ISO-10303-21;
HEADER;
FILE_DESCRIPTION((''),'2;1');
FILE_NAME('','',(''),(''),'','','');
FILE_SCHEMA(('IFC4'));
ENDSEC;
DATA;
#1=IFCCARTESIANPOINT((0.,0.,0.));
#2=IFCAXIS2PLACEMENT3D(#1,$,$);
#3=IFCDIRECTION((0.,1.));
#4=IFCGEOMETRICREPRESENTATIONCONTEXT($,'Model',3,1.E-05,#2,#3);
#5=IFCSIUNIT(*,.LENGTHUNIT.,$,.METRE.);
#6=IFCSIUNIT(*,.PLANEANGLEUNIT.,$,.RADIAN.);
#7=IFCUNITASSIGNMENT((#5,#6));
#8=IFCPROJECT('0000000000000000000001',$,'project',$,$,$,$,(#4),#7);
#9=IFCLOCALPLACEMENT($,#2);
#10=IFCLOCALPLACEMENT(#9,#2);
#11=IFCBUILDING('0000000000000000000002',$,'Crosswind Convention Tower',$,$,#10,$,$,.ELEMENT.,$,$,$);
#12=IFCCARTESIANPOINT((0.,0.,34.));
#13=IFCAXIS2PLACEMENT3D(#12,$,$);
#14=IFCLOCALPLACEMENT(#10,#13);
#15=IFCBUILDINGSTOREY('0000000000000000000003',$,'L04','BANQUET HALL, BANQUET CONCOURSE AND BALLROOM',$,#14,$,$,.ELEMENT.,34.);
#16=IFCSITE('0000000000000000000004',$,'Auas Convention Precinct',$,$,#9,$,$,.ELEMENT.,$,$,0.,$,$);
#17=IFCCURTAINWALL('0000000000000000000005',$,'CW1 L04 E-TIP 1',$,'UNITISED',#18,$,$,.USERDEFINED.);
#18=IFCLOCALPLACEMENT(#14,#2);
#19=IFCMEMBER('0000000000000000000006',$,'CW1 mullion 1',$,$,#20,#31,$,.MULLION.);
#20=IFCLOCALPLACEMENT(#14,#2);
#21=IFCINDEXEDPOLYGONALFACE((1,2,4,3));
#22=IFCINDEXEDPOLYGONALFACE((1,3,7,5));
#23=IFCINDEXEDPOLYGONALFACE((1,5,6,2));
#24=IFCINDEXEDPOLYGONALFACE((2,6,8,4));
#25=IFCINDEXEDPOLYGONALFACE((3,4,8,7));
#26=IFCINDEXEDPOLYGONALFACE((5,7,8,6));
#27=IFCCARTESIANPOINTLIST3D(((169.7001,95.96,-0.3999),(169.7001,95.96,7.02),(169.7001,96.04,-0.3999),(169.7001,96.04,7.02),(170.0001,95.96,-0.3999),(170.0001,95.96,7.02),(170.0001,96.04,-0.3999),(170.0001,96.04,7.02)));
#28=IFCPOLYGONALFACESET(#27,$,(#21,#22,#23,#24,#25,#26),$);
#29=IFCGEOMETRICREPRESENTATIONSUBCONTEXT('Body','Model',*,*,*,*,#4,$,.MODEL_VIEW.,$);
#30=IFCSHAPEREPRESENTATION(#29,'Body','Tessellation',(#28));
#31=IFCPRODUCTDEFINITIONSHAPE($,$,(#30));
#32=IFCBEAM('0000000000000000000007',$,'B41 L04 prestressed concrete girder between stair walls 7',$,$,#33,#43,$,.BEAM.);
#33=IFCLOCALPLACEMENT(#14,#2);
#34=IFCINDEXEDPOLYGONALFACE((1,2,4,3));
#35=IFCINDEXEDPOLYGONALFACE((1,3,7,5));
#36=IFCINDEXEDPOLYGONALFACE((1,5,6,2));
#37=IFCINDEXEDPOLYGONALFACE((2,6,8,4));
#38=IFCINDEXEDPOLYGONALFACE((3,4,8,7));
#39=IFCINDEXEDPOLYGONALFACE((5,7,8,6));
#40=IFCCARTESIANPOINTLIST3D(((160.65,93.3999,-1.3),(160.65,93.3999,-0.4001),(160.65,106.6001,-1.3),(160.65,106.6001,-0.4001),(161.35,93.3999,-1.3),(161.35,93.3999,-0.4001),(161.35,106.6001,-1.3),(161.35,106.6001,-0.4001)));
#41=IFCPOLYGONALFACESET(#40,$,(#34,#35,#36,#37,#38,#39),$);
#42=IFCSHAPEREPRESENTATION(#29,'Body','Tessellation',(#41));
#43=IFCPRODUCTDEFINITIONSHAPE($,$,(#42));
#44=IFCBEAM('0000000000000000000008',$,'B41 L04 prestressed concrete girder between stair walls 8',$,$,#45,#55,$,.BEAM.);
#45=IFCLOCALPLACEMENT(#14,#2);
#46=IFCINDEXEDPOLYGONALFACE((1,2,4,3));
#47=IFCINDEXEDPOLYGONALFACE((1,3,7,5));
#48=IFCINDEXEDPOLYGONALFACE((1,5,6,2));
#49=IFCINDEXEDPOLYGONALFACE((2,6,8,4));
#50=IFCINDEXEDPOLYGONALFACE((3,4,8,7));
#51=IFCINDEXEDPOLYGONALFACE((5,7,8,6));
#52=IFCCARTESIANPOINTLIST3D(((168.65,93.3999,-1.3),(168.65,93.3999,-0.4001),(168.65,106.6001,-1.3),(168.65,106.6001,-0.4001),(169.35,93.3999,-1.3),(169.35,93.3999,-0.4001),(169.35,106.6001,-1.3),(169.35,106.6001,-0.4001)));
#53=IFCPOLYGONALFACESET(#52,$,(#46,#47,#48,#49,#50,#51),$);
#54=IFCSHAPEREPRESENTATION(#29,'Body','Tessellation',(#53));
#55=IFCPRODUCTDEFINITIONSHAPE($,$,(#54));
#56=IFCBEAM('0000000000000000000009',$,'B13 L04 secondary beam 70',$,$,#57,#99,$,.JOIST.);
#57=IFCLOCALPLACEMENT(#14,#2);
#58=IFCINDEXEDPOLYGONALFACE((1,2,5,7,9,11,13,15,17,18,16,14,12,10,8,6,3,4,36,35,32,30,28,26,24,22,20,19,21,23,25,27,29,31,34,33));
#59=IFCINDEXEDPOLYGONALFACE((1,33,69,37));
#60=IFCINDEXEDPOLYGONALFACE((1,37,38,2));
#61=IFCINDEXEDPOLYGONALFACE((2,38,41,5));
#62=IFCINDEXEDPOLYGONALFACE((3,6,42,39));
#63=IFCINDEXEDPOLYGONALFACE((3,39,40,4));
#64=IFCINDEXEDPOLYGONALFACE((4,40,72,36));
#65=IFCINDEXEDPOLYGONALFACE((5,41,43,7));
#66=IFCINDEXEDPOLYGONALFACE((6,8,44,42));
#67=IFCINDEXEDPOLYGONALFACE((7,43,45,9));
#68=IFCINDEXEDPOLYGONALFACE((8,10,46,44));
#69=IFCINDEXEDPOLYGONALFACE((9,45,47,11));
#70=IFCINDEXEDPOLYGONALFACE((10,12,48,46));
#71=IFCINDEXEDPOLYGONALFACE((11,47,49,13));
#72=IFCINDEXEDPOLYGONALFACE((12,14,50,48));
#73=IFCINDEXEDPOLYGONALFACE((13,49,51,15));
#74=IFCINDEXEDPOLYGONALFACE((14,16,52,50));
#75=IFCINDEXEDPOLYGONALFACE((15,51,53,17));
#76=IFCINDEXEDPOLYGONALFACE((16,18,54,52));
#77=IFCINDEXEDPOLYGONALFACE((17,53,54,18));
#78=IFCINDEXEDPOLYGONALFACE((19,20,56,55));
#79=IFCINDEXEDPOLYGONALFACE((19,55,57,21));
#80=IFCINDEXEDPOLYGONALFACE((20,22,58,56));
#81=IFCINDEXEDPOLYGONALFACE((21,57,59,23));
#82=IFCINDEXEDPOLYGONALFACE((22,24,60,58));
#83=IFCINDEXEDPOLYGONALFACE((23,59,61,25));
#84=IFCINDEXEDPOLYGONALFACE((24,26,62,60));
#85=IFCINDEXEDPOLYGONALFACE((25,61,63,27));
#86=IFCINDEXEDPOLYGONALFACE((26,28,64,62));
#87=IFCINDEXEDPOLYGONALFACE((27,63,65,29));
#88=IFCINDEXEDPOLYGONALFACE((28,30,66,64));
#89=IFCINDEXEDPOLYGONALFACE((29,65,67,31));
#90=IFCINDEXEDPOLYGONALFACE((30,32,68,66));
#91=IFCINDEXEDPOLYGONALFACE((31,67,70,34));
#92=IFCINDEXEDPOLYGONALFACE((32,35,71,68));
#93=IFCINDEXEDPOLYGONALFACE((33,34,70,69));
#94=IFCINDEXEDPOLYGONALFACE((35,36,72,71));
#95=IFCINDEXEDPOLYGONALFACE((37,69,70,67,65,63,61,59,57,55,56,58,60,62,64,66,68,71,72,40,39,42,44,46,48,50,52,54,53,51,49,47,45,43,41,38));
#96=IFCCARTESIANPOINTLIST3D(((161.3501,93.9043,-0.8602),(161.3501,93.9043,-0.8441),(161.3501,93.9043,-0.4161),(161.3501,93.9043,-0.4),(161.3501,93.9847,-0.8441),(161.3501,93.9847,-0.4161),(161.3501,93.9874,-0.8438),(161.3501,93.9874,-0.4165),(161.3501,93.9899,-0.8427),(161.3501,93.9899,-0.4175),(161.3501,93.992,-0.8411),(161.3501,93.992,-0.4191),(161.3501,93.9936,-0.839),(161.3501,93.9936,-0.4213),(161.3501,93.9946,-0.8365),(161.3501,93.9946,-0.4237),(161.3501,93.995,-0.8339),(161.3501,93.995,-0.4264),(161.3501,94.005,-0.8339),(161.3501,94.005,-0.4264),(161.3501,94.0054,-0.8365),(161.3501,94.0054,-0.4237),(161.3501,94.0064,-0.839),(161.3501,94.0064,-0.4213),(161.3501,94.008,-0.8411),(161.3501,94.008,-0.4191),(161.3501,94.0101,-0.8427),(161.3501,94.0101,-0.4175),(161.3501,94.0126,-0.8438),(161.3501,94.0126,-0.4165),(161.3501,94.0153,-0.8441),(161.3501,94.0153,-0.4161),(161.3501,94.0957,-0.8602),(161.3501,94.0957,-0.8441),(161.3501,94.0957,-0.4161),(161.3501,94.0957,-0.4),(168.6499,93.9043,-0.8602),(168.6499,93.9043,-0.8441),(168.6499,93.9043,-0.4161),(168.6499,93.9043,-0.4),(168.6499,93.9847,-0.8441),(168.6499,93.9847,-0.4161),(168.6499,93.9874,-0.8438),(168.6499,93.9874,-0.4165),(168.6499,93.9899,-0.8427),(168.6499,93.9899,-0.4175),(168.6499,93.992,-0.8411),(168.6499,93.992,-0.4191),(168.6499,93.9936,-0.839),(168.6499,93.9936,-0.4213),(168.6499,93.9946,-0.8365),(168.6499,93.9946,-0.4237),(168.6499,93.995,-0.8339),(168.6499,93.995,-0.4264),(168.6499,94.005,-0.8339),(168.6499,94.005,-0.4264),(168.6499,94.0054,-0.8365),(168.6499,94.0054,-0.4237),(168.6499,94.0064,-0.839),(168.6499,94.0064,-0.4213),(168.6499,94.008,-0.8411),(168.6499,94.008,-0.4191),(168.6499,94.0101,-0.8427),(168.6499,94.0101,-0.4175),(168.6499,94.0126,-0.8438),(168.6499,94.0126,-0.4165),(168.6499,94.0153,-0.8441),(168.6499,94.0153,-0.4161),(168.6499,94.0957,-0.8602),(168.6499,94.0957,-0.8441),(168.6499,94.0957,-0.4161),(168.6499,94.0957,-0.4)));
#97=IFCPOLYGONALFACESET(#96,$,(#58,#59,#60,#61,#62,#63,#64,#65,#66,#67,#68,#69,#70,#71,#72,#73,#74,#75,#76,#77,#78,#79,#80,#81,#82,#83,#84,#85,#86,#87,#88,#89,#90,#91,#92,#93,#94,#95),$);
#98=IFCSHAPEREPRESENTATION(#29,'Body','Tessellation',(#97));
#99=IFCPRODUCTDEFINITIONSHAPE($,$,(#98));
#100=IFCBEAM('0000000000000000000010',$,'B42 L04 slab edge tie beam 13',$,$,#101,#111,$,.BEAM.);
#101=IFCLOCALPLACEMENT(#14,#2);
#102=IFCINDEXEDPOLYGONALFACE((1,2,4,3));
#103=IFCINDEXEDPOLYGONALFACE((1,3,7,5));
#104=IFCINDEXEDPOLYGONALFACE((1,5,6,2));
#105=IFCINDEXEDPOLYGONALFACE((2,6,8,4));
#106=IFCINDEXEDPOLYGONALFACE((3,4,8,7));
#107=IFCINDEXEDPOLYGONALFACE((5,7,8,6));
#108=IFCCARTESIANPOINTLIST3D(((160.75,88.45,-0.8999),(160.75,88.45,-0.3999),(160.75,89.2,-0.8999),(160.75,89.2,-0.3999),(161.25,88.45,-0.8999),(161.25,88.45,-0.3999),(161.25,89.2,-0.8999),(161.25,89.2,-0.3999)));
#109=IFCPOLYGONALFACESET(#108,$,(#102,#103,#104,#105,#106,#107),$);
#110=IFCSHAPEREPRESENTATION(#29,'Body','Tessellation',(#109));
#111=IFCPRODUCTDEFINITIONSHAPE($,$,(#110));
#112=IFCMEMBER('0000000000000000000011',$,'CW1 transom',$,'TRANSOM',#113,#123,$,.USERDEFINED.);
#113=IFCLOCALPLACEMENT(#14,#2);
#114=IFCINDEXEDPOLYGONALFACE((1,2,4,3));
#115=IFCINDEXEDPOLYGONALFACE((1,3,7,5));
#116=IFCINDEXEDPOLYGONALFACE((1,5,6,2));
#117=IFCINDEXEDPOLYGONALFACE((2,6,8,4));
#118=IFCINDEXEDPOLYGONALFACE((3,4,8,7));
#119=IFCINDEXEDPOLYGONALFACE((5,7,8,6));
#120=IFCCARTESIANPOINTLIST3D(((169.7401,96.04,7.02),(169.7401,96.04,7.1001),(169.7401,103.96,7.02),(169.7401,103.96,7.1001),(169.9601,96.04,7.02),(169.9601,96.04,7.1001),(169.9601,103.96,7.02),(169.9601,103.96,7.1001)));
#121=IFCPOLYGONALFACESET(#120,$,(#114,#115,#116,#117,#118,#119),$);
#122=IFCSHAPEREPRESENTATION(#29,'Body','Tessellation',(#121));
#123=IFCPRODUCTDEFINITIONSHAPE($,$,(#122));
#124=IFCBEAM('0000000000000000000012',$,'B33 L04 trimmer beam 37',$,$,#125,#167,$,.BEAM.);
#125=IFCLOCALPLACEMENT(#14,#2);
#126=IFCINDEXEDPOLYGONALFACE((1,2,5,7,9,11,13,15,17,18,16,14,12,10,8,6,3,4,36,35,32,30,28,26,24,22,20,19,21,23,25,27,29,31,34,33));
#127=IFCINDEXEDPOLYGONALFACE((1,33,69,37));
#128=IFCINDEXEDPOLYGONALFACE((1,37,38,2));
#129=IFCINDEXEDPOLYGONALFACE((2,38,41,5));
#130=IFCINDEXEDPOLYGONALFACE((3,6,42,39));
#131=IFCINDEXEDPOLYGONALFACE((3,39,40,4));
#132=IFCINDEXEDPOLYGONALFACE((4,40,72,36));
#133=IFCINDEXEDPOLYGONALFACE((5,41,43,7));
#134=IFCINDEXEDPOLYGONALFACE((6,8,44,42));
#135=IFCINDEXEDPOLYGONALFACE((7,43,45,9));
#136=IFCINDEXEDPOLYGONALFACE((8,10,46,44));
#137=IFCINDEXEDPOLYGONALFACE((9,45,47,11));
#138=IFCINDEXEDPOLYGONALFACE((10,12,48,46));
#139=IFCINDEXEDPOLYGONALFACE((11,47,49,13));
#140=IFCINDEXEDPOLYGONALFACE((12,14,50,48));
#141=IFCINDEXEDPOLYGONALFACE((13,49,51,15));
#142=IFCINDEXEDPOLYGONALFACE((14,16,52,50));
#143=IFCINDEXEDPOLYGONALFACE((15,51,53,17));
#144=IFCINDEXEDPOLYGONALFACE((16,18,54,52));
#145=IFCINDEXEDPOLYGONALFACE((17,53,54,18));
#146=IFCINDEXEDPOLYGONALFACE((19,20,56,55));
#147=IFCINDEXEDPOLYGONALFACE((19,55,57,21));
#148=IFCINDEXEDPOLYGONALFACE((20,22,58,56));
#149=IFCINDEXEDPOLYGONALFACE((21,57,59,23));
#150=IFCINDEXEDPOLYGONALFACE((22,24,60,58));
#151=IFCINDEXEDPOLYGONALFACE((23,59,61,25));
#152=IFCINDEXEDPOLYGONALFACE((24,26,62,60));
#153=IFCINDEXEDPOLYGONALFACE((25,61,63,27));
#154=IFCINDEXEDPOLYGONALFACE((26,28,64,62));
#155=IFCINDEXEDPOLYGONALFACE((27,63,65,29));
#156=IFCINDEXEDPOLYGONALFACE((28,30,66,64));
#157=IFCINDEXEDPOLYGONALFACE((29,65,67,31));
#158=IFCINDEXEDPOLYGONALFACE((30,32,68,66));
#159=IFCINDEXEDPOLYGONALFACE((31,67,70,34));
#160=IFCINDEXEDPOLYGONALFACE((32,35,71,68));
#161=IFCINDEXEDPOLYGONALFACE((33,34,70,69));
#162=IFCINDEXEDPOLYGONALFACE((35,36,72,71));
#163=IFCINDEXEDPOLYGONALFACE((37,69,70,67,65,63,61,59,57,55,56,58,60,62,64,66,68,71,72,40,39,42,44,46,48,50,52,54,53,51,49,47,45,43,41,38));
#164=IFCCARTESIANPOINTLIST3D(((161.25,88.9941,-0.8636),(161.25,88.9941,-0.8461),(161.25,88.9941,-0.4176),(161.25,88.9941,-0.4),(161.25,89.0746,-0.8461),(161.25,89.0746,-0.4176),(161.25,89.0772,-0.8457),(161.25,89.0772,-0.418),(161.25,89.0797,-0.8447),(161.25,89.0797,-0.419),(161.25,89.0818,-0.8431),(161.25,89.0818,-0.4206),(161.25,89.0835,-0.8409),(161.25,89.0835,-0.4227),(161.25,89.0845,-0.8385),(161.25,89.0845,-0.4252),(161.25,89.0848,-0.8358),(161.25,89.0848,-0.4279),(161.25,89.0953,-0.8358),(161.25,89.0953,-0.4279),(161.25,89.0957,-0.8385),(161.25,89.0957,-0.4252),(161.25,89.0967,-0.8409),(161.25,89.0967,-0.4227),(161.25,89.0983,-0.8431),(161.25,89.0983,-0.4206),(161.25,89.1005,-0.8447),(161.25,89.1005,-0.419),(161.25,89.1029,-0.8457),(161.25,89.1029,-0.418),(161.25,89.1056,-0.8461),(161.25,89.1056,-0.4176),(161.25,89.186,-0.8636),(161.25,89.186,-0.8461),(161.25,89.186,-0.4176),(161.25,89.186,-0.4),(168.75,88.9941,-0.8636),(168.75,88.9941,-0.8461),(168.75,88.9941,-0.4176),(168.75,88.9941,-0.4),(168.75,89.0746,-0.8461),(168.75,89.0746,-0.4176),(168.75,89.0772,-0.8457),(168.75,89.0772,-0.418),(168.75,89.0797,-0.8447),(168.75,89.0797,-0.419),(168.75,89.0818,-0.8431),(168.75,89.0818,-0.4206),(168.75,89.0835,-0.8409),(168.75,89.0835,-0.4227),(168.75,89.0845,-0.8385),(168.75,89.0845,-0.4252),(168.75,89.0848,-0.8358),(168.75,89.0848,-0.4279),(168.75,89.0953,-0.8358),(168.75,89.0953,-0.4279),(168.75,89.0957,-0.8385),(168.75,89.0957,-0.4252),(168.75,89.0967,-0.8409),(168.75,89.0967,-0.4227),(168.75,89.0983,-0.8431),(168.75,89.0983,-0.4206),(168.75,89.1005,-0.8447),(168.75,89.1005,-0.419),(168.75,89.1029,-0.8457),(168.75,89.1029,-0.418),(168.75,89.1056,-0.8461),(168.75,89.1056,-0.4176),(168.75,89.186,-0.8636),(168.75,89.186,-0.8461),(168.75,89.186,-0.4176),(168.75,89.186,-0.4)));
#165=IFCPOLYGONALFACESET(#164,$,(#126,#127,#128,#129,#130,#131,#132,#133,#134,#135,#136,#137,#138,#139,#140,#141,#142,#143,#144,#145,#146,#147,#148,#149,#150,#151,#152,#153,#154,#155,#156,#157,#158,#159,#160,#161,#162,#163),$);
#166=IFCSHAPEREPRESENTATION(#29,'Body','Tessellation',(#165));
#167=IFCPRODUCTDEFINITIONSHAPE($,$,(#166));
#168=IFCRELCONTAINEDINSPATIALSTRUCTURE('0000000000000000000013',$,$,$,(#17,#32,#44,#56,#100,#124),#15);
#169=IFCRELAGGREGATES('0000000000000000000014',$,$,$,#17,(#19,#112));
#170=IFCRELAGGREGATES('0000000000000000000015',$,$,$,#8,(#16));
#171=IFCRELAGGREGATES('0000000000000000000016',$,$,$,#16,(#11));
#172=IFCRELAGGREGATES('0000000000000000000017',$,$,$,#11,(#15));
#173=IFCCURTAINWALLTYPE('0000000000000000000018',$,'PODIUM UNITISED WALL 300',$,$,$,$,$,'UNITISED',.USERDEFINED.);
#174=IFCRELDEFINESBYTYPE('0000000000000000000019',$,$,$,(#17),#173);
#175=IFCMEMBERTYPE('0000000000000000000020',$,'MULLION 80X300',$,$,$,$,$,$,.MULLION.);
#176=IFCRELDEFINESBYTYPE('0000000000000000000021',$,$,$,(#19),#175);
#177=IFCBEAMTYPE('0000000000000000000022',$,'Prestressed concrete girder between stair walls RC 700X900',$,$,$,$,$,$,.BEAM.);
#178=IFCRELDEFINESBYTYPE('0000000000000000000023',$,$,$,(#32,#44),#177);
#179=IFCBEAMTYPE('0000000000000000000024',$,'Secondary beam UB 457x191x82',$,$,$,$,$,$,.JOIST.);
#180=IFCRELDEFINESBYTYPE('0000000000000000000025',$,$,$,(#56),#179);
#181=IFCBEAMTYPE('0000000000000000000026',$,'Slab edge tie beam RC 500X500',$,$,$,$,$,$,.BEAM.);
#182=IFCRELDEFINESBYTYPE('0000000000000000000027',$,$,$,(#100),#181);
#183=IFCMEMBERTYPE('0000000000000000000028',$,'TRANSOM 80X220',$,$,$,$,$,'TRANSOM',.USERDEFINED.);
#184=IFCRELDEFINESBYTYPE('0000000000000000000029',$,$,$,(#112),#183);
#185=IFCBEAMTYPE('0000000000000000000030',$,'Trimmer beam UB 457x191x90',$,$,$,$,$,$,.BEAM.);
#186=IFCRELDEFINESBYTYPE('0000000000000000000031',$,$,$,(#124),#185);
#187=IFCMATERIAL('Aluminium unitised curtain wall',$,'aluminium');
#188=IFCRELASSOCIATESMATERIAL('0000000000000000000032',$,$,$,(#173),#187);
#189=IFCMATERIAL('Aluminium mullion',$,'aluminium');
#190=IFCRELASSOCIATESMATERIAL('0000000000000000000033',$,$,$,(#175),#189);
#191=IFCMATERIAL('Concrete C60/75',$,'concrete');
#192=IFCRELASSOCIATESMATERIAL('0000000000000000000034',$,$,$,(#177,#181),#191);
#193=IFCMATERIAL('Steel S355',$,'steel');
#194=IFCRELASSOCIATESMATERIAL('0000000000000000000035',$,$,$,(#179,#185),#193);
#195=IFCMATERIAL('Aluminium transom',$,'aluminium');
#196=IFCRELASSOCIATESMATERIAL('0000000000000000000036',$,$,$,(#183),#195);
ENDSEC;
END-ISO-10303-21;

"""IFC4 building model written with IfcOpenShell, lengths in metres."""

from ifc_helpers import new_model, si_unit, direction, frame, origin, origin_2d, place, context, subcontext, project, spatial, rectangle, i_section, extrude, material, material_profile, profile_set, type_object, element, aggregate, save


model = new_model("IFC4")

# Units and contexts
model_context = context("Model", 3, precision=1e-05, world=origin(), true_north=direction((0.0, 1.0)))
body_context = subcontext(model_context, "Body", "Model", "MODEL_VIEW")
ifc_project = project(units=[si_unit("LENGTHUNIT", "METRE"), si_unit("PLANEANGLEUNIT", "RADIAN")], contexts=[model_context])

# Site, building, storey
site_placement = place(None, origin())
site = spatial("IfcSite", under=ifc_project, at=site_placement, Name="Auas Convention Precinct", CompositionType="ELEMENT", RefElevation=0.0)
building_placement = place(site_placement, origin())
building = spatial("IfcBuilding", under=site, at=building_placement, Name="Crosswind Convention Tower", CompositionType="ELEMENT")
storey_placement = place(building_placement, frame((0.0, 0.0, 34.0)))
storey = spatial("IfcBuildingStorey", under=building, at=storey_placement, Name="L04", Description="BANQUET HALL, BANQUET CONCOURSE AND BALLROOM", CompositionType="ELEMENT", Elevation=34.0)

# Curtain wall, member
ifc_material_1 = material(Name="Aluminium unitised curtain wall", Category="aluminium")
curtain_wall_type = type_object("IfcCurtainWallType", Name="PODIUM UNITISED WALL 300", ElementType="UNITISED", PredefinedType="USERDEFINED", material=ifc_material_1)
curtain_wall_placement = place(storey_placement, origin())
curtain_wall = element("IfcCurtainWall", 1, at=curtain_wall_placement, inside=storey, type_object=curtain_wall_type, Name="CW1 L04 E-TIP 1", ObjectType="UNITISED", PredefinedType="USERDEFINED")
ifc_material_2 = material(Name="Aluminium mullion", Category="aluminium")
ifc_material_profile_1 = material_profile(ifc_material_2, rectangle(XDim=0.3, YDim=0.0801, at=origin_2d()), Name="AL 300X80")
ifc_profile_set_1 = profile_set([ifc_material_profile_1], Name="Aluminium mullion")
member_type_1 = type_object("IfcMemberType", Name="MULLION 80X300", PredefinedType="MULLION", material=ifc_profile_set_1)
member_1_placement = place(storey_placement, frame((169.8501, 96.0, -0.3999), z_axis=(0.0, 0.0, 1.0), x_axis=(1.0, 0.0, 0.0)))
member_1 = element("IfcMember", 2, at=member_1_placement, type_object=member_type_1, Name="CW1 mullion 1", PredefinedType="MULLION", context=body_context, shape_type="SweptSolid", body=[
    extrude(rectangle(XDim=0.3, YDim=0.0801, at=origin_2d()), origin(), (0.0, 0.0, 1.0), 7.4199),
])

# Beams
ifc_material_3 = material(Name="Concrete C60/75", Category="concrete")
ifc_material_profile_2 = material_profile(ifc_material_3, rectangle(XDim=0.7, YDim=0.8999, at=origin_2d()), Name="RC 700X900")
ifc_profile_set_2 = profile_set([ifc_material_profile_2], Name="Concrete C60/75")
beam_type_1 = type_object("IfcBeamType", Name="Prestressed concrete girder between stair walls RC 700X900", PredefinedType="BEAM", material=ifc_profile_set_2)
for number, where, z_axis, x_axis, name in (
    (3, (161.0, 93.3999, -0.8501), (0.0, 1.0, 0.0), (-1.0, 0.0, 0.0), "B41 L04 prestressed concrete girder between stair walls 7"),
    (4, (169.0, 93.3999, -0.8501), (0.0, 1.0, 0.0), (-1.0, 0.0, 0.0), "B41 L04 prestressed concrete girder between stair walls 8"),
):
    element("IfcBeam", number, at=place(storey_placement, frame(where, z_axis=z_axis, x_axis=x_axis)), inside=storey, type_object=beam_type_1, Name=name, PredefinedType="BEAM", context=body_context, shape_type="SweptSolid", body=[
        extrude(rectangle(XDim=0.7, YDim=0.8999, at=origin_2d()), origin(), (0.0, 0.0, 1.0), 13.2002),
    ])
ifc_material_4 = material(Name="Steel S355", Category="steel")
ifc_material_profile_3 = material_profile(ifc_material_4, i_section(OverallWidth=0.1914, OverallDepth=0.4602, WebThickness=0.01, FlangeThickness=0.0161, FilletRadius=0.0103, at=origin_2d()), Name="UB 457x191x82")
ifc_profile_set_3 = profile_set([ifc_material_profile_3], Name="Steel S355")
beam_type_2 = type_object("IfcBeamType", Name="Secondary beam UB 457x191x82", PredefinedType="JOIST", material=ifc_profile_set_3)
beam_1_placement = place(storey_placement, frame((161.3501, 94.0, -0.6301), z_axis=(1.0, 0.0, 0.0), x_axis=(0.0, 1.0, 0.0)))
element("IfcBeam", 5, at=beam_1_placement, inside=storey, type_object=beam_type_2, Name="B13 L04 secondary beam 70", PredefinedType="JOIST", context=body_context, shape_type="SweptSolid", body=[
    extrude(i_section(OverallWidth=0.1914, OverallDepth=0.4602, WebThickness=0.01, FlangeThickness=0.0161, FilletRadius=0.0103, at=origin_2d()), origin(), (0.0, 0.0, 1.0), 7.2998),
])
ifc_material_profile_4 = material_profile(ifc_material_3, rectangle(XDim=0.5, YDim=0.5, at=origin_2d()), Name="RC 500X500")
ifc_profile_set_4 = profile_set([ifc_material_profile_4], Name="Concrete C60/75")
beam_type_3 = type_object("IfcBeamType", Name="Slab edge tie beam RC 500X500", PredefinedType="BEAM", material=ifc_profile_set_4)
beam_2_placement = place(storey_placement, frame((161.0, 88.45, -0.6499), z_axis=(0.0, 1.0, 0.0), x_axis=(-1.0, 0.0, 0.0)))
element("IfcBeam", 6, at=beam_2_placement, inside=storey, type_object=beam_type_3, Name="B42 L04 slab edge tie beam 13", PredefinedType="BEAM", context=body_context, shape_type="SweptSolid", body=[
    extrude(rectangle(XDim=0.5, YDim=0.5, at=origin_2d()), origin(), (0.0, 0.0, 1.0), 0.75),
])

# Member
ifc_material_5 = material(Name="Aluminium transom", Category="aluminium")
ifc_material_profile_5 = material_profile(ifc_material_5, rectangle(XDim=0.22, YDim=0.0801, at=origin_2d()), Name="AL 220X80")
ifc_profile_set_5 = profile_set([ifc_material_profile_5], Name="Aluminium transom")
member_type_2 = type_object("IfcMemberType", Name="TRANSOM 80X220", ElementType="TRANSOM", PredefinedType="USERDEFINED", material=ifc_profile_set_5)
member_2_placement = place(storey_placement, frame((169.8501, 96.04, 7.0601), z_axis=(0.0, 1.0, 0.0), x_axis=(-1.0, 0.0, 0.0)))
member_2 = element("IfcMember", 7, at=member_2_placement, type_object=member_type_2, Name="CW1 transom", ObjectType="TRANSOM", PredefinedType="USERDEFINED", context=body_context, shape_type="SweptSolid", body=[
    extrude(rectangle(XDim=0.22, YDim=0.0801, at=origin_2d()), origin(), (0.0, 0.0, 1.0), 7.9199),
])

# Beam
ifc_material_profile_6 = material_profile(ifc_material_4, i_section(OverallWidth=0.1919, OverallDepth=0.4636, WebThickness=0.0105, FlangeThickness=0.0176, FilletRadius=0.0103, at=origin_2d()), Name="UB 457x191x90")
ifc_profile_set_6 = profile_set([ifc_material_profile_6], Name="Steel S355")
beam_type_4 = type_object("IfcBeamType", Name="Trimmer beam UB 457x191x90", PredefinedType="BEAM", material=ifc_profile_set_6)
beam_3_placement = place(storey_placement, frame((161.25, 89.0901, -0.6318), z_axis=(1.0, 0.0, 0.0), x_axis=(0.0, 1.0, 0.0)))
element("IfcBeam", 8, at=beam_3_placement, inside=storey, type_object=beam_type_4, Name="B33 L04 trimmer beam 37", PredefinedType="BEAM", context=body_context, shape_type="SweptSolid", body=[
    extrude(i_section(OverallWidth=0.1919, OverallDepth=0.4636, WebThickness=0.0105, FlangeThickness=0.0176, FilletRadius=0.0103, at=origin_2d()), origin(), (0.0, 0.0, 1.0), 7.5),
])

aggregate(curtain_wall, [member_1, member_2])

save(model, "model.ifc")
